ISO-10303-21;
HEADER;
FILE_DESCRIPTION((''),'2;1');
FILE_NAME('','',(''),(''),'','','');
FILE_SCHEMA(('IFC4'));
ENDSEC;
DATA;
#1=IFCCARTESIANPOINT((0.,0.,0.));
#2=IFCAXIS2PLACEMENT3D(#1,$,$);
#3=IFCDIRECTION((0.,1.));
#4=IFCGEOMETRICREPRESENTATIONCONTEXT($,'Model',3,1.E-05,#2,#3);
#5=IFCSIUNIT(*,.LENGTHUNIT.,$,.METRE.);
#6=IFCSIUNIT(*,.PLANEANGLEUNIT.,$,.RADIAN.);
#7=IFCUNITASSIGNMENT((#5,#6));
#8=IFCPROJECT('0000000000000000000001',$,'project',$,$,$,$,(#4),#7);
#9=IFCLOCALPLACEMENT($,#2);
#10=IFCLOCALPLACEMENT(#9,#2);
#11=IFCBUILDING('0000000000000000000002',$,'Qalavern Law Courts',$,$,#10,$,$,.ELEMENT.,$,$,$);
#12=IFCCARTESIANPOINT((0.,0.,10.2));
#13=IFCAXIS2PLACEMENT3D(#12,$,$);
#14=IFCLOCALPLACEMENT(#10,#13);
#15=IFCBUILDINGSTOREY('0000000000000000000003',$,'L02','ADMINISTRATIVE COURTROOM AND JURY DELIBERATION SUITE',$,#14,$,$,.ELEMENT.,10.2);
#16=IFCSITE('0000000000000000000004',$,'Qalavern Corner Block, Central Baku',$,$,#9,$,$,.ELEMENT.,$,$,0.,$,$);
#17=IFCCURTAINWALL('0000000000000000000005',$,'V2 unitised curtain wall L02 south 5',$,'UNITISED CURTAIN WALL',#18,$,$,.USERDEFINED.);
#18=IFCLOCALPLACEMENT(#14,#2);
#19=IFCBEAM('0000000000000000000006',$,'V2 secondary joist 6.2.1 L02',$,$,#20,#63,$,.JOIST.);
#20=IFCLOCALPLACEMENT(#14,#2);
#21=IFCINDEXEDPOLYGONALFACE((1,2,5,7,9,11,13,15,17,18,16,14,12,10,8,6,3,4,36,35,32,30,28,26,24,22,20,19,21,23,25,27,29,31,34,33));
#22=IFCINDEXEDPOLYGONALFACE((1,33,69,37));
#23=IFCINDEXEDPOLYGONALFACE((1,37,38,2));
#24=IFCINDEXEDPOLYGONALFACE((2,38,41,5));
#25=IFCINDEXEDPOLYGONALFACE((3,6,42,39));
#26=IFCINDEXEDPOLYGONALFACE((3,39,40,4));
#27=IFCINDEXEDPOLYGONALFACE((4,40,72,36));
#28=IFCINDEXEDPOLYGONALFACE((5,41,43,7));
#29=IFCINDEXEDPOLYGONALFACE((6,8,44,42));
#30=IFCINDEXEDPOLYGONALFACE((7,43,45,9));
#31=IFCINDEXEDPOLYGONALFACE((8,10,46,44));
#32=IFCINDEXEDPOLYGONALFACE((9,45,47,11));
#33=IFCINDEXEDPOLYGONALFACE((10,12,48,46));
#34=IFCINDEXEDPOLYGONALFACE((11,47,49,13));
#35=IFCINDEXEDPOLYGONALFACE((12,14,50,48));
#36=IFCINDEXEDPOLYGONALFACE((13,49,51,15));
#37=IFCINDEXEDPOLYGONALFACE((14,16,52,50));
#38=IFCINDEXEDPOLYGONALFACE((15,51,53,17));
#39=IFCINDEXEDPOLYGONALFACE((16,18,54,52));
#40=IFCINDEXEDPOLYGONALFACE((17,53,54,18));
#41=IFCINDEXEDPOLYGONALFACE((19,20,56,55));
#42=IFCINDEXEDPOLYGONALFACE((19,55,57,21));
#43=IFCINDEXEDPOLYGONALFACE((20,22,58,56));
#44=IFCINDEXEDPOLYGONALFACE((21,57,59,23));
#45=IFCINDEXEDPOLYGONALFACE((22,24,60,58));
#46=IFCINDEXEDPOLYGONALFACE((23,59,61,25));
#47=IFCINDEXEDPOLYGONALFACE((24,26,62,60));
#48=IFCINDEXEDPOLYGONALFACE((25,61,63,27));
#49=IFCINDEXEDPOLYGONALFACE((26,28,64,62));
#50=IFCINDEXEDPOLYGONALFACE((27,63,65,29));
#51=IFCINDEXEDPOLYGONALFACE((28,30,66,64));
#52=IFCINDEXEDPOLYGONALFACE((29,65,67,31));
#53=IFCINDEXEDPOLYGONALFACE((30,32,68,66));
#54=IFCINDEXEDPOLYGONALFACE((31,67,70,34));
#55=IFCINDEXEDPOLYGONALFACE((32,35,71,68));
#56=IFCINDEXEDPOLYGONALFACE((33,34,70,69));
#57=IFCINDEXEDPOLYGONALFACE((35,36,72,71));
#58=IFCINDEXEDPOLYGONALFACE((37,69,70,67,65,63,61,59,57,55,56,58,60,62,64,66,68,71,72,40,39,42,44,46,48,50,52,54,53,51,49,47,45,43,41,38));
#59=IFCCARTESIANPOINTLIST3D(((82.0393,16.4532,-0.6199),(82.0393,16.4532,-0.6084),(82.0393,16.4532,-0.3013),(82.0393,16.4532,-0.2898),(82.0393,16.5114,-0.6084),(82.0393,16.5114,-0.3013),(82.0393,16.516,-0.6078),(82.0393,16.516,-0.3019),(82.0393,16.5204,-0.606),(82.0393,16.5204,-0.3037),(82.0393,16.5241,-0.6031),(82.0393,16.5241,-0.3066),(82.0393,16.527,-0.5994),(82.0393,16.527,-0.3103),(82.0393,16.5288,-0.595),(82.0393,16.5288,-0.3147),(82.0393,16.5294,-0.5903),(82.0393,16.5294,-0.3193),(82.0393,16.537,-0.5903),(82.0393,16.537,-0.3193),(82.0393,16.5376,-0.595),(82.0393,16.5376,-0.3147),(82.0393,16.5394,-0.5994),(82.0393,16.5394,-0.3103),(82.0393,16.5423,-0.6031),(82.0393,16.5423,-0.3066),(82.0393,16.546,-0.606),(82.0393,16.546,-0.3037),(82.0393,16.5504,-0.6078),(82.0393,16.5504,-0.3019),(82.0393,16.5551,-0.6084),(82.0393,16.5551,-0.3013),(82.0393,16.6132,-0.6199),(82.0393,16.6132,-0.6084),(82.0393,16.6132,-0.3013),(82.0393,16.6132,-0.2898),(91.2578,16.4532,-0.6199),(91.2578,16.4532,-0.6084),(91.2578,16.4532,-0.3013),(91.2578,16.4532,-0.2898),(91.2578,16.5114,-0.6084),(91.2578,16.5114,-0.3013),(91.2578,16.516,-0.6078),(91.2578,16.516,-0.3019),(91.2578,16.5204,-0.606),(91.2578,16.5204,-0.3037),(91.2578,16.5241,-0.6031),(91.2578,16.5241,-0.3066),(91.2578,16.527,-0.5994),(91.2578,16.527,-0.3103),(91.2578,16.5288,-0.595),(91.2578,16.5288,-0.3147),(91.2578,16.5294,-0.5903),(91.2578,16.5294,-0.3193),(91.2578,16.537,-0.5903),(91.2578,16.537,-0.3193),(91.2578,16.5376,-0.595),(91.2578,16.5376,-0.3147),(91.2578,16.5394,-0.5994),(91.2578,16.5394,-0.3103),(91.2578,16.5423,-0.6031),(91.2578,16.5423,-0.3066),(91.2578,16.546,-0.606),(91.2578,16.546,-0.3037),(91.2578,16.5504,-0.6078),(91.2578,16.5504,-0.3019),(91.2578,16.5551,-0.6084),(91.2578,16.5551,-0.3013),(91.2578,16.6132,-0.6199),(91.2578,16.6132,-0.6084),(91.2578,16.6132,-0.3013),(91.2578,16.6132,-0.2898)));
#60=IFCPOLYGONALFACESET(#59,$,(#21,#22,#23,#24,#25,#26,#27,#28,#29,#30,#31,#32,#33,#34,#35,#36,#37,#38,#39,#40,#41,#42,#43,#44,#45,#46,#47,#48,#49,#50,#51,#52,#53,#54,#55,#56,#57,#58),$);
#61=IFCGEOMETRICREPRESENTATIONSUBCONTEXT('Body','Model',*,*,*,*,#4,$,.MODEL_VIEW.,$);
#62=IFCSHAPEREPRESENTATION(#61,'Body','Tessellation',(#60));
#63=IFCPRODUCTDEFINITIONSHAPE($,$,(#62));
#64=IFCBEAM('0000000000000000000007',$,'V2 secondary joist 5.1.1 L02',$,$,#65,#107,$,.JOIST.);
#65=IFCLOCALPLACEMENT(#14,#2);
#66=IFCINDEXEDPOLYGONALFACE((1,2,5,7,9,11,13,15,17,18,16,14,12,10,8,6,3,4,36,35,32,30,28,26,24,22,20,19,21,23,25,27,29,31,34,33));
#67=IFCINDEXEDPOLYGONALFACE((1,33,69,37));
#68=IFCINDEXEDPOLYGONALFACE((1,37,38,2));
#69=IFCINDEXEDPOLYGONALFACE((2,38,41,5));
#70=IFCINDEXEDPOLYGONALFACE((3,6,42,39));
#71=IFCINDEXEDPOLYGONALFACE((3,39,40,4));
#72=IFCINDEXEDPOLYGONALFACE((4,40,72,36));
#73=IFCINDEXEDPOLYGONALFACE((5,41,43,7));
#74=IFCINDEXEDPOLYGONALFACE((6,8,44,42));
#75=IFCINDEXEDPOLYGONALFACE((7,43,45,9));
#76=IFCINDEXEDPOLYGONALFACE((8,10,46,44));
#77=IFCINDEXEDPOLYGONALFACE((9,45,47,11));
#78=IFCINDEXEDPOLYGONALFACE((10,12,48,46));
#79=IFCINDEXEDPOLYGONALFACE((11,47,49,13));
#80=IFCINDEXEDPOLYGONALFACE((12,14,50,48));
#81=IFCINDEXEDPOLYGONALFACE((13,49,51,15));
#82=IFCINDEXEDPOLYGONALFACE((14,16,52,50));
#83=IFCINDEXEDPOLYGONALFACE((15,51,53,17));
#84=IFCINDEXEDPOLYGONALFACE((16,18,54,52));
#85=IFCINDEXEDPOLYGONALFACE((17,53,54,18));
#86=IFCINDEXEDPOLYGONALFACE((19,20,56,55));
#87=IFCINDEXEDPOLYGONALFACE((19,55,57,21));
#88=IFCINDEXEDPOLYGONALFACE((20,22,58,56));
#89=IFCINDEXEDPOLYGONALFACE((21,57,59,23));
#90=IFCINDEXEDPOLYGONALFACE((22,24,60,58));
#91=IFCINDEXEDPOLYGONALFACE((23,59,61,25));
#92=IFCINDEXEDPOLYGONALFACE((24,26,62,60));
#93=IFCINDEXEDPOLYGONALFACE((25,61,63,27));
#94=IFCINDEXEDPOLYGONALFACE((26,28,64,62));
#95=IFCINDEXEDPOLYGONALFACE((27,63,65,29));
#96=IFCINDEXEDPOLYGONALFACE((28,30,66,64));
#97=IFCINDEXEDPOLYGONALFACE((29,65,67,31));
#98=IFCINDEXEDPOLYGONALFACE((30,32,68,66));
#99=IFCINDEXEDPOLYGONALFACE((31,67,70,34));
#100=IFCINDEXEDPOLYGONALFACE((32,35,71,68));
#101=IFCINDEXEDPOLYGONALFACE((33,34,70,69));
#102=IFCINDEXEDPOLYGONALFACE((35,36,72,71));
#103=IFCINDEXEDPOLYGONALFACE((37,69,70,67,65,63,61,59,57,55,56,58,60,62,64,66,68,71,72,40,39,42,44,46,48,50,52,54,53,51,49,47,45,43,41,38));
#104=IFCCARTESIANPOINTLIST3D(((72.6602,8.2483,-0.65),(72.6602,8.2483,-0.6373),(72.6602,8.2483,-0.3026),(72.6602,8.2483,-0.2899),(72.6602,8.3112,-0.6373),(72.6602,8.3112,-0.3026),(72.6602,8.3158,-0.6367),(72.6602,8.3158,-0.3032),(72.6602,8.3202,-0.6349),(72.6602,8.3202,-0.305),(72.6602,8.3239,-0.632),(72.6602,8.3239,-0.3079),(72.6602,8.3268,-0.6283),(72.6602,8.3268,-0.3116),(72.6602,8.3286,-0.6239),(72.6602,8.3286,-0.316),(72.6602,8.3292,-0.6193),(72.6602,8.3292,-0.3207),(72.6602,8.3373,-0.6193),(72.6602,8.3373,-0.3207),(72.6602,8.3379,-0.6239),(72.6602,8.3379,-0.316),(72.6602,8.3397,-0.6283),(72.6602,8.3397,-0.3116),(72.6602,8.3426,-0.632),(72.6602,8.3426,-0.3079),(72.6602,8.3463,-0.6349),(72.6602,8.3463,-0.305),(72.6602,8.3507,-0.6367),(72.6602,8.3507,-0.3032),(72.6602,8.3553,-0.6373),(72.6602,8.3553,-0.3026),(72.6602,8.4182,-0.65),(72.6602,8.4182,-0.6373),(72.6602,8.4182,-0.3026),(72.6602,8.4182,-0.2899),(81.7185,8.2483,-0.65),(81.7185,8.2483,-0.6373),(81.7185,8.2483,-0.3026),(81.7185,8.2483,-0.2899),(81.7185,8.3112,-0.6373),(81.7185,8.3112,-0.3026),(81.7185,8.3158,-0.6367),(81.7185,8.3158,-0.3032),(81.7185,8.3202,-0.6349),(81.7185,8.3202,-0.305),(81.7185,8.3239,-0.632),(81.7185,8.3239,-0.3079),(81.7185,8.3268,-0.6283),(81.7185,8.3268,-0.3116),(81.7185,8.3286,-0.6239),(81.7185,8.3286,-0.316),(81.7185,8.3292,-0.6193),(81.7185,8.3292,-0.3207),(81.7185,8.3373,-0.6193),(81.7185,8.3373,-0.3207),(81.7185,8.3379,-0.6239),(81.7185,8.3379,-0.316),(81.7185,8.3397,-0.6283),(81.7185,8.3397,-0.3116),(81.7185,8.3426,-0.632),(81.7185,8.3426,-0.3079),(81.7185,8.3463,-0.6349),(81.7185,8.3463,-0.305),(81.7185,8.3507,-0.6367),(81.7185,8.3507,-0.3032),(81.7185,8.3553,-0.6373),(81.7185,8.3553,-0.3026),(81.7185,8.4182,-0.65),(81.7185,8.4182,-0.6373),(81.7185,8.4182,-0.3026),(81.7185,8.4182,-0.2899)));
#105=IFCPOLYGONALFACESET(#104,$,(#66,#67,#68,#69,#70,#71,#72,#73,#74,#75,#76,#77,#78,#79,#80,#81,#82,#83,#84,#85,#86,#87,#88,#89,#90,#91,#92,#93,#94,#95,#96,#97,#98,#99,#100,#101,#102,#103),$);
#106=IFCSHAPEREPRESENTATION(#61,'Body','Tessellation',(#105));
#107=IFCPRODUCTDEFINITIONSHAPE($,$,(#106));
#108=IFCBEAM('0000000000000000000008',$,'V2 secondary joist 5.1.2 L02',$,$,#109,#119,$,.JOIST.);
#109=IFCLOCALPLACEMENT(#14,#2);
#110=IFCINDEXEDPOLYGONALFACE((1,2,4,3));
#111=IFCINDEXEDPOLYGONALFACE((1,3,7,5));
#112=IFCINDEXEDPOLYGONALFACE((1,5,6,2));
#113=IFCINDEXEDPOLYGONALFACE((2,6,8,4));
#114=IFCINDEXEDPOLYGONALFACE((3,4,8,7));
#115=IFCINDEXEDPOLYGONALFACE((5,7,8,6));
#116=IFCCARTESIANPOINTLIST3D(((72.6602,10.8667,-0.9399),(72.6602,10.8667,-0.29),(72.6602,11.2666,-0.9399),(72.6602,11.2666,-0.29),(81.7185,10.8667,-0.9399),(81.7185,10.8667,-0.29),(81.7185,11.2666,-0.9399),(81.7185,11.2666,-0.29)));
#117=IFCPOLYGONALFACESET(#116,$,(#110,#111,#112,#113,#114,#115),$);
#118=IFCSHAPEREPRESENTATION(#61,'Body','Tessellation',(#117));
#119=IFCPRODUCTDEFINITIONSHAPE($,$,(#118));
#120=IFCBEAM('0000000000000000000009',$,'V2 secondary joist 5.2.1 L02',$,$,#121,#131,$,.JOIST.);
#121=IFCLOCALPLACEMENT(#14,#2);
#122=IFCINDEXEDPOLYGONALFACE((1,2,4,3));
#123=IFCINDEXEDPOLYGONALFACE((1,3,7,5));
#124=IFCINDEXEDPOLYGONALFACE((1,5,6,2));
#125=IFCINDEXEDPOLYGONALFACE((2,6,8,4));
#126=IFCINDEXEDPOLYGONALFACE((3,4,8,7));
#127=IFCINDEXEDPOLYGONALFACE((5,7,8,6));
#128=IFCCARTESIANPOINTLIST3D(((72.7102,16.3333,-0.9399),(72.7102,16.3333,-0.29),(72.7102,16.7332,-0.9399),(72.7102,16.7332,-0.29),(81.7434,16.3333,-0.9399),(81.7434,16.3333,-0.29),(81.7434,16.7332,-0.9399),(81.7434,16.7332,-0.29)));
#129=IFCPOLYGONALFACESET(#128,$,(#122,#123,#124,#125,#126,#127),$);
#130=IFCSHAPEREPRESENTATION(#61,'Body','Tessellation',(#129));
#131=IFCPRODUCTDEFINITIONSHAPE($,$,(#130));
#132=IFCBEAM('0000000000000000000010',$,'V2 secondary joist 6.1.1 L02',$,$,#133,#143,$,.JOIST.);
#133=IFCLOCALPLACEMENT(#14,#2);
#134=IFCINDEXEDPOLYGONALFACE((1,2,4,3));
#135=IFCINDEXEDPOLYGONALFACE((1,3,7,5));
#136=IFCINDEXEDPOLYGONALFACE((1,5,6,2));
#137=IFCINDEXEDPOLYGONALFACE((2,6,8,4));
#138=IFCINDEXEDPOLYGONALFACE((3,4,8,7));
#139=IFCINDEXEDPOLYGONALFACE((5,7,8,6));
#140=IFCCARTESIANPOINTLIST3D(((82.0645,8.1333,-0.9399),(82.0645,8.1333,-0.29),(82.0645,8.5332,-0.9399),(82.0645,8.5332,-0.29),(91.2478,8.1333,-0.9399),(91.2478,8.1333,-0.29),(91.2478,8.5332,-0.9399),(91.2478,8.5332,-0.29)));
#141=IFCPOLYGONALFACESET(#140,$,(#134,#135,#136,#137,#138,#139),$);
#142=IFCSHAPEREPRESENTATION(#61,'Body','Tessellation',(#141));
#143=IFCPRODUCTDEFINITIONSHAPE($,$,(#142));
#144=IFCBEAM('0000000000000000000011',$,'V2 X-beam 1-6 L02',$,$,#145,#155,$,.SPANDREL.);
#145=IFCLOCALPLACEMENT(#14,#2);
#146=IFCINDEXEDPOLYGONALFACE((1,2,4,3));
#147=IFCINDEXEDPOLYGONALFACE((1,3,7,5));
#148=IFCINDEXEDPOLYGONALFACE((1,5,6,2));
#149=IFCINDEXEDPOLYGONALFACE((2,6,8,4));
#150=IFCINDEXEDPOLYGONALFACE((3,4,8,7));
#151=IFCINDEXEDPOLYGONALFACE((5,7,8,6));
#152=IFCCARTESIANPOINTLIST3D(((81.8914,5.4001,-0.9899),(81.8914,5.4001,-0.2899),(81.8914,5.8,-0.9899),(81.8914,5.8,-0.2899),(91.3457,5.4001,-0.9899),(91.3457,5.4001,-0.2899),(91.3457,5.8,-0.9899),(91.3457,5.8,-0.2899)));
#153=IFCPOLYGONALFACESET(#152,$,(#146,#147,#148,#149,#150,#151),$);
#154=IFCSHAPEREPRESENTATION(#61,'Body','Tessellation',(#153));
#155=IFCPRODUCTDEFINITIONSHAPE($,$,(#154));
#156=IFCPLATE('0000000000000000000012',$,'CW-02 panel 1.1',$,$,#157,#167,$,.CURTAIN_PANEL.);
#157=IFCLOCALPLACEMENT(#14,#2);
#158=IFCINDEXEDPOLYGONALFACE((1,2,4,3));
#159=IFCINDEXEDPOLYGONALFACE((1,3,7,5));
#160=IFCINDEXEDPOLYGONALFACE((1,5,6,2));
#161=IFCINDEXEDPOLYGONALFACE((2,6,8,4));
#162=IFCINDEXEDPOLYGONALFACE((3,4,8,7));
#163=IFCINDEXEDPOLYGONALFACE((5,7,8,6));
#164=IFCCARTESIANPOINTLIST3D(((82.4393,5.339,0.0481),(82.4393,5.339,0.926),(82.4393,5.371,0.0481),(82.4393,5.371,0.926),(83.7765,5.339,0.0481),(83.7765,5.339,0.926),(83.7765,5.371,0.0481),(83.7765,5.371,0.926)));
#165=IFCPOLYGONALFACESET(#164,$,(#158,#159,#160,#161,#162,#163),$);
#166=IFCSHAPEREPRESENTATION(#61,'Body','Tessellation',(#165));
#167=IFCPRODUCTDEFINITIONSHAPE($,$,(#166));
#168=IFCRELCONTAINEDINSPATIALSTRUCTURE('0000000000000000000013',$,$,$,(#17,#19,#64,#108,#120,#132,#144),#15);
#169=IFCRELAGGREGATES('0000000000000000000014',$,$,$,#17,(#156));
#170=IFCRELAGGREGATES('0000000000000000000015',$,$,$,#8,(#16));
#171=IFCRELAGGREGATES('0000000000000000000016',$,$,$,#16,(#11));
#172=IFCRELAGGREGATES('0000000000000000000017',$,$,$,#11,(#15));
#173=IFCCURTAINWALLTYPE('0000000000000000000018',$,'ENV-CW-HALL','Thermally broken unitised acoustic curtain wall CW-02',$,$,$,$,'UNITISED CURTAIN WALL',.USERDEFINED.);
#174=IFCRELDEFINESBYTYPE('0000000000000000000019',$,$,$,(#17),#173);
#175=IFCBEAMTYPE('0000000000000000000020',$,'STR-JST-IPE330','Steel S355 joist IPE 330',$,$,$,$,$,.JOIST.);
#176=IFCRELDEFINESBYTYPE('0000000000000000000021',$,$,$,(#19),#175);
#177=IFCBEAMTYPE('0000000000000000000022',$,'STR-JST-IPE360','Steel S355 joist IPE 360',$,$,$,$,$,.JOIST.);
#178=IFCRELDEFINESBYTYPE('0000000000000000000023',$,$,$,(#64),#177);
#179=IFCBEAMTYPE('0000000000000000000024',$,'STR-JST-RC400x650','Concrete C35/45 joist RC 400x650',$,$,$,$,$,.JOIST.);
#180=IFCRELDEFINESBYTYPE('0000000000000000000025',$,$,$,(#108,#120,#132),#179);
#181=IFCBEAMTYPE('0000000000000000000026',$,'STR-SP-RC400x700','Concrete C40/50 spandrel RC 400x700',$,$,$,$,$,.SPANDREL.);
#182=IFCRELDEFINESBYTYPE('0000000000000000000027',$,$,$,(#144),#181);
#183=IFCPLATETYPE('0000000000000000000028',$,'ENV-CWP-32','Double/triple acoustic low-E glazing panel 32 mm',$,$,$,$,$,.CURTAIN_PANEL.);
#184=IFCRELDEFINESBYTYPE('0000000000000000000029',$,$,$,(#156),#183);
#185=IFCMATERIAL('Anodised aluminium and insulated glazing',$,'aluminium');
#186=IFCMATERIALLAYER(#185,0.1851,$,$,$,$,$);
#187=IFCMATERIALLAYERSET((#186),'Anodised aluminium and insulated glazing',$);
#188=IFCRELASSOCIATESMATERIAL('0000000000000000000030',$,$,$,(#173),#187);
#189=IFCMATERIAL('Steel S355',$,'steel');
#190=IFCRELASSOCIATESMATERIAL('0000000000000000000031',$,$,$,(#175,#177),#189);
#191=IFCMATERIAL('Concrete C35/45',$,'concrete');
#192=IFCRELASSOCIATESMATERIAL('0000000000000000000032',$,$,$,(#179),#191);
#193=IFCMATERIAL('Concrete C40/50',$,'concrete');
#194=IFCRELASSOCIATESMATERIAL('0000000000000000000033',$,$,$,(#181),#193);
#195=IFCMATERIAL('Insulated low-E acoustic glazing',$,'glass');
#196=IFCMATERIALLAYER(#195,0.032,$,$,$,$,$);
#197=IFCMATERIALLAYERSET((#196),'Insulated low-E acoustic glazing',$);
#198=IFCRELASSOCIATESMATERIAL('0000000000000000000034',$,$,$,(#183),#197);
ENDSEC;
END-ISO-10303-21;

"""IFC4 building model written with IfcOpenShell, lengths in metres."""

from ifc_helpers import new_model, si_unit, direction, frame, origin, origin_2d, place, context, subcontext, project, spatial, rectangle, i_section, extrude, material, layer, layer_set, material_profile, profile_set, type_object, element, aggregate, save


model = new_model("IFC4")

# Units and contexts
model_context = context("Model", 3, precision=1e-05, world=origin(), true_north=direction((0.0, 1.0)))
body_context = subcontext(model_context, "Body", "Model", "MODEL_VIEW")
ifc_project = project(units=[si_unit("LENGTHUNIT", "METRE"), si_unit("PLANEANGLEUNIT", "RADIAN")], contexts=[model_context])

# Site, building, storey
site_placement = place(None, origin())
site = spatial("IfcSite", under=ifc_project, at=site_placement, Name="Qalavern Corner Block, Central Baku", CompositionType="ELEMENT", RefElevation=0.0)
building_placement = place(site_placement, origin())
building = spatial("IfcBuilding", under=site, at=building_placement, Name="Qalavern Law Courts", CompositionType="ELEMENT")
storey_placement = place(building_placement, frame((0.0, 0.0, 10.2)))
storey = spatial("IfcBuildingStorey", under=building, at=storey_placement, Name="L02", Description="ADMINISTRATIVE COURTROOM AND JURY DELIBERATION SUITE", CompositionType="ELEMENT", Elevation=10.2)

# Curtain wall
ifc_material_1 = material(Name="Anodised aluminium and insulated glazing", Category="aluminium")
ifc_layer_1 = layer(ifc_material_1, 0.1851)
ifc_layer_set_1 = layer_set([ifc_layer_1], Name="Anodised aluminium and insulated glazing")
curtain_wall_type = type_object("IfcCurtainWallType", Name="ENV-CW-HALL", Description="Thermally broken unitised acoustic curtain wall CW-02", ElementType="UNITISED CURTAIN WALL", PredefinedType="USERDEFINED", material=ifc_layer_set_1)
curtain_wall_placement = place(storey_placement, origin())
curtain_wall = element("IfcCurtainWall", 1, at=curtain_wall_placement, inside=storey, type_object=curtain_wall_type, Name="V2 unitised curtain wall L02 south 5", ObjectType="UNITISED CURTAIN WALL", PredefinedType="USERDEFINED")

# Beams
ifc_material_2 = material(Name="Steel S355", Category="steel")
ifc_material_3 = material(Name="Concrete C35/45", Category="concrete")
ifc_material_4 = material(Name="Concrete C40/50", Category="concrete")
ifc_material_profile_1 = material_profile(ifc_material_2, i_section(OverallWidth=0.1599, OverallDepth=0.3301, WebThickness=0.0076, FlangeThickness=0.0115, FilletRadius=0.0181, at=origin_2d()), Name="IPE 330")
ifc_profile_set_1 = profile_set([ifc_material_profile_1], Name="Steel S355")
beam_type_1 = type_object("IfcBeamType", Name="STR-JST-IPE330", Description="Steel S355 joist IPE 330", PredefinedType="JOIST", material=ifc_profile_set_1)
beam_1_placement = place(storey_placement, frame((82.0393, 16.5332, -0.4548), z_axis=(1.0, 0.0, 0.0), x_axis=(0.0, 1.0, 0.0)))
element("IfcBeam", 2, at=beam_1_placement, inside=storey, type_object=beam_type_1, Name="V2 secondary joist 6.2.1 L02", PredefinedType="JOIST", context=body_context, shape_type="SweptSolid", body=[
    extrude(i_section(OverallWidth=0.1599, OverallDepth=0.3301, WebThickness=0.0076, FlangeThickness=0.0115, FilletRadius=0.0181, at=origin_2d()), origin(), (0.0, 0.0, 1.0), 9.2185),
])
ifc_material_profile_2 = material_profile(ifc_material_2, i_section(OverallWidth=0.1699, OverallDepth=0.3601, WebThickness=0.0081, FlangeThickness=0.0127, FilletRadius=0.0181, at=origin_2d()), Name="IPE 360")
ifc_profile_set_2 = profile_set([ifc_material_profile_2], Name="Steel S355")
beam_type_2 = type_object("IfcBeamType", Name="STR-JST-IPE360", Description="Steel S355 joist IPE 360", PredefinedType="JOIST", material=ifc_profile_set_2)
beam_2_placement = place(storey_placement, frame((72.6602, 8.3333, -0.47), z_axis=(1.0, 0.0, 0.0), x_axis=(0.0, 1.0, 0.0)))
element("IfcBeam", 3, at=beam_2_placement, inside=storey, type_object=beam_type_2, Name="V2 secondary joist 5.1.1 L02", PredefinedType="JOIST", context=body_context, shape_type="SweptSolid", body=[
    extrude(i_section(OverallWidth=0.1699, OverallDepth=0.3601, WebThickness=0.0081, FlangeThickness=0.0127, FilletRadius=0.0181, at=origin_2d()), origin(), (0.0, 0.0, 1.0), 9.0583),
])
ifc_material_profile_3 = material_profile(ifc_material_3, rectangle(XDim=0.3999, YDim=0.6499, at=origin_2d()), Name="RC 400x650")
ifc_profile_set_3 = profile_set([ifc_material_profile_3], Name="Concrete C35/45")
beam_type_3 = type_object("IfcBeamType", Name="STR-JST-RC400x650", Description="Concrete C35/45 joist RC 400x650", PredefinedType="JOIST", material=ifc_profile_set_3)
beam_3_placement = place(storey_placement, frame((72.6602, 11.0667, -0.615), z_axis=(1.0, 0.0, 0.0), x_axis=(0.0, 1.0, 0.0)))
element("IfcBeam", 4, at=beam_3_placement, inside=storey, type_object=beam_type_3, Name="V2 secondary joist 5.1.2 L02", PredefinedType="JOIST", context=body_context, shape_type="SweptSolid", body=[
    extrude(rectangle(XDim=0.3999, YDim=0.6499, at=origin_2d()), origin(), (0.0, 0.0, 1.0), 9.0583),
])
beam_4_placement = place(storey_placement, frame((72.7102, 16.5332, -0.615), z_axis=(1.0, 0.0, 0.0), x_axis=(0.0, 1.0, 0.0)))
element("IfcBeam", 5, at=beam_4_placement, inside=storey, type_object=beam_type_3, Name="V2 secondary joist 5.2.1 L02", PredefinedType="JOIST", context=body_context, shape_type="SweptSolid", body=[
    extrude(rectangle(XDim=0.3999, YDim=0.6499, at=origin_2d()), origin(), (0.0, 0.0, 1.0), 9.0332),
])
beam_5_placement = place(storey_placement, frame((82.0645, 8.3333, -0.615), z_axis=(1.0, 0.0, 0.0), x_axis=(0.0, 1.0, 0.0)))
element("IfcBeam", 6, at=beam_5_placement, inside=storey, type_object=beam_type_3, Name="V2 secondary joist 6.1.1 L02", PredefinedType="JOIST", context=body_context, shape_type="SweptSolid", body=[
    extrude(rectangle(XDim=0.3999, YDim=0.6499, at=origin_2d()), origin(), (0.0, 0.0, 1.0), 9.1833),
])
ifc_material_profile_4 = material_profile(ifc_material_4, rectangle(XDim=0.3999, YDim=0.7, at=origin_2d()), Name="RC 400x700")
ifc_profile_set_4 = profile_set([ifc_material_profile_4], Name="Concrete C40/50")
beam_type_4 = type_object("IfcBeamType", Name="STR-SP-RC400x700", Description="Concrete C40/50 spandrel RC 400x700", PredefinedType="SPANDREL", material=ifc_profile_set_4)
beam_6_placement = place(storey_placement, frame((81.8914, 5.6001, -0.6399), z_axis=(1.0, 0.0, 0.0), x_axis=(0.0, 1.0, 0.0)))
element("IfcBeam", 7, at=beam_6_placement, inside=storey, type_object=beam_type_4, Name="V2 X-beam 1-6 L02", PredefinedType="SPANDREL", context=body_context, shape_type="SweptSolid", body=[
    extrude(rectangle(XDim=0.3999, YDim=0.7, at=origin_2d()), origin(), (0.0, 0.0, 1.0), 9.4543),
])

# Plate
ifc_material_5 = material(Name="Insulated low-E acoustic glazing", Category="glass")
ifc_layer_2 = layer(ifc_material_5, 0.032)
ifc_layer_set_2 = layer_set([ifc_layer_2], Name="Insulated low-E acoustic glazing")
plate_type = type_object("IfcPlateType", Name="ENV-CWP-32", Description="Double/triple acoustic low-E glazing panel 32 mm", PredefinedType="CURTAIN_PANEL", material=ifc_layer_set_2)
plate_placement = place(storey_placement, frame((83.1079, 5.355, 0.0481), z_axis=(0.0, 0.0, 1.0), x_axis=(1.0, 0.0, 0.0)))
plate = element("IfcPlate", 8, at=plate_placement, type_object=plate_type, Name="CW-02 panel 1.1", PredefinedType="CURTAIN_PANEL", context=body_context, shape_type="SweptSolid", body=[
    extrude(rectangle(XDim=1.3372, YDim=0.032, at=origin_2d()), origin(), (0.0, 0.0, 1.0), 0.8779),
])
aggregate(curtain_wall, [plate])

save(model, "model.ifc")
